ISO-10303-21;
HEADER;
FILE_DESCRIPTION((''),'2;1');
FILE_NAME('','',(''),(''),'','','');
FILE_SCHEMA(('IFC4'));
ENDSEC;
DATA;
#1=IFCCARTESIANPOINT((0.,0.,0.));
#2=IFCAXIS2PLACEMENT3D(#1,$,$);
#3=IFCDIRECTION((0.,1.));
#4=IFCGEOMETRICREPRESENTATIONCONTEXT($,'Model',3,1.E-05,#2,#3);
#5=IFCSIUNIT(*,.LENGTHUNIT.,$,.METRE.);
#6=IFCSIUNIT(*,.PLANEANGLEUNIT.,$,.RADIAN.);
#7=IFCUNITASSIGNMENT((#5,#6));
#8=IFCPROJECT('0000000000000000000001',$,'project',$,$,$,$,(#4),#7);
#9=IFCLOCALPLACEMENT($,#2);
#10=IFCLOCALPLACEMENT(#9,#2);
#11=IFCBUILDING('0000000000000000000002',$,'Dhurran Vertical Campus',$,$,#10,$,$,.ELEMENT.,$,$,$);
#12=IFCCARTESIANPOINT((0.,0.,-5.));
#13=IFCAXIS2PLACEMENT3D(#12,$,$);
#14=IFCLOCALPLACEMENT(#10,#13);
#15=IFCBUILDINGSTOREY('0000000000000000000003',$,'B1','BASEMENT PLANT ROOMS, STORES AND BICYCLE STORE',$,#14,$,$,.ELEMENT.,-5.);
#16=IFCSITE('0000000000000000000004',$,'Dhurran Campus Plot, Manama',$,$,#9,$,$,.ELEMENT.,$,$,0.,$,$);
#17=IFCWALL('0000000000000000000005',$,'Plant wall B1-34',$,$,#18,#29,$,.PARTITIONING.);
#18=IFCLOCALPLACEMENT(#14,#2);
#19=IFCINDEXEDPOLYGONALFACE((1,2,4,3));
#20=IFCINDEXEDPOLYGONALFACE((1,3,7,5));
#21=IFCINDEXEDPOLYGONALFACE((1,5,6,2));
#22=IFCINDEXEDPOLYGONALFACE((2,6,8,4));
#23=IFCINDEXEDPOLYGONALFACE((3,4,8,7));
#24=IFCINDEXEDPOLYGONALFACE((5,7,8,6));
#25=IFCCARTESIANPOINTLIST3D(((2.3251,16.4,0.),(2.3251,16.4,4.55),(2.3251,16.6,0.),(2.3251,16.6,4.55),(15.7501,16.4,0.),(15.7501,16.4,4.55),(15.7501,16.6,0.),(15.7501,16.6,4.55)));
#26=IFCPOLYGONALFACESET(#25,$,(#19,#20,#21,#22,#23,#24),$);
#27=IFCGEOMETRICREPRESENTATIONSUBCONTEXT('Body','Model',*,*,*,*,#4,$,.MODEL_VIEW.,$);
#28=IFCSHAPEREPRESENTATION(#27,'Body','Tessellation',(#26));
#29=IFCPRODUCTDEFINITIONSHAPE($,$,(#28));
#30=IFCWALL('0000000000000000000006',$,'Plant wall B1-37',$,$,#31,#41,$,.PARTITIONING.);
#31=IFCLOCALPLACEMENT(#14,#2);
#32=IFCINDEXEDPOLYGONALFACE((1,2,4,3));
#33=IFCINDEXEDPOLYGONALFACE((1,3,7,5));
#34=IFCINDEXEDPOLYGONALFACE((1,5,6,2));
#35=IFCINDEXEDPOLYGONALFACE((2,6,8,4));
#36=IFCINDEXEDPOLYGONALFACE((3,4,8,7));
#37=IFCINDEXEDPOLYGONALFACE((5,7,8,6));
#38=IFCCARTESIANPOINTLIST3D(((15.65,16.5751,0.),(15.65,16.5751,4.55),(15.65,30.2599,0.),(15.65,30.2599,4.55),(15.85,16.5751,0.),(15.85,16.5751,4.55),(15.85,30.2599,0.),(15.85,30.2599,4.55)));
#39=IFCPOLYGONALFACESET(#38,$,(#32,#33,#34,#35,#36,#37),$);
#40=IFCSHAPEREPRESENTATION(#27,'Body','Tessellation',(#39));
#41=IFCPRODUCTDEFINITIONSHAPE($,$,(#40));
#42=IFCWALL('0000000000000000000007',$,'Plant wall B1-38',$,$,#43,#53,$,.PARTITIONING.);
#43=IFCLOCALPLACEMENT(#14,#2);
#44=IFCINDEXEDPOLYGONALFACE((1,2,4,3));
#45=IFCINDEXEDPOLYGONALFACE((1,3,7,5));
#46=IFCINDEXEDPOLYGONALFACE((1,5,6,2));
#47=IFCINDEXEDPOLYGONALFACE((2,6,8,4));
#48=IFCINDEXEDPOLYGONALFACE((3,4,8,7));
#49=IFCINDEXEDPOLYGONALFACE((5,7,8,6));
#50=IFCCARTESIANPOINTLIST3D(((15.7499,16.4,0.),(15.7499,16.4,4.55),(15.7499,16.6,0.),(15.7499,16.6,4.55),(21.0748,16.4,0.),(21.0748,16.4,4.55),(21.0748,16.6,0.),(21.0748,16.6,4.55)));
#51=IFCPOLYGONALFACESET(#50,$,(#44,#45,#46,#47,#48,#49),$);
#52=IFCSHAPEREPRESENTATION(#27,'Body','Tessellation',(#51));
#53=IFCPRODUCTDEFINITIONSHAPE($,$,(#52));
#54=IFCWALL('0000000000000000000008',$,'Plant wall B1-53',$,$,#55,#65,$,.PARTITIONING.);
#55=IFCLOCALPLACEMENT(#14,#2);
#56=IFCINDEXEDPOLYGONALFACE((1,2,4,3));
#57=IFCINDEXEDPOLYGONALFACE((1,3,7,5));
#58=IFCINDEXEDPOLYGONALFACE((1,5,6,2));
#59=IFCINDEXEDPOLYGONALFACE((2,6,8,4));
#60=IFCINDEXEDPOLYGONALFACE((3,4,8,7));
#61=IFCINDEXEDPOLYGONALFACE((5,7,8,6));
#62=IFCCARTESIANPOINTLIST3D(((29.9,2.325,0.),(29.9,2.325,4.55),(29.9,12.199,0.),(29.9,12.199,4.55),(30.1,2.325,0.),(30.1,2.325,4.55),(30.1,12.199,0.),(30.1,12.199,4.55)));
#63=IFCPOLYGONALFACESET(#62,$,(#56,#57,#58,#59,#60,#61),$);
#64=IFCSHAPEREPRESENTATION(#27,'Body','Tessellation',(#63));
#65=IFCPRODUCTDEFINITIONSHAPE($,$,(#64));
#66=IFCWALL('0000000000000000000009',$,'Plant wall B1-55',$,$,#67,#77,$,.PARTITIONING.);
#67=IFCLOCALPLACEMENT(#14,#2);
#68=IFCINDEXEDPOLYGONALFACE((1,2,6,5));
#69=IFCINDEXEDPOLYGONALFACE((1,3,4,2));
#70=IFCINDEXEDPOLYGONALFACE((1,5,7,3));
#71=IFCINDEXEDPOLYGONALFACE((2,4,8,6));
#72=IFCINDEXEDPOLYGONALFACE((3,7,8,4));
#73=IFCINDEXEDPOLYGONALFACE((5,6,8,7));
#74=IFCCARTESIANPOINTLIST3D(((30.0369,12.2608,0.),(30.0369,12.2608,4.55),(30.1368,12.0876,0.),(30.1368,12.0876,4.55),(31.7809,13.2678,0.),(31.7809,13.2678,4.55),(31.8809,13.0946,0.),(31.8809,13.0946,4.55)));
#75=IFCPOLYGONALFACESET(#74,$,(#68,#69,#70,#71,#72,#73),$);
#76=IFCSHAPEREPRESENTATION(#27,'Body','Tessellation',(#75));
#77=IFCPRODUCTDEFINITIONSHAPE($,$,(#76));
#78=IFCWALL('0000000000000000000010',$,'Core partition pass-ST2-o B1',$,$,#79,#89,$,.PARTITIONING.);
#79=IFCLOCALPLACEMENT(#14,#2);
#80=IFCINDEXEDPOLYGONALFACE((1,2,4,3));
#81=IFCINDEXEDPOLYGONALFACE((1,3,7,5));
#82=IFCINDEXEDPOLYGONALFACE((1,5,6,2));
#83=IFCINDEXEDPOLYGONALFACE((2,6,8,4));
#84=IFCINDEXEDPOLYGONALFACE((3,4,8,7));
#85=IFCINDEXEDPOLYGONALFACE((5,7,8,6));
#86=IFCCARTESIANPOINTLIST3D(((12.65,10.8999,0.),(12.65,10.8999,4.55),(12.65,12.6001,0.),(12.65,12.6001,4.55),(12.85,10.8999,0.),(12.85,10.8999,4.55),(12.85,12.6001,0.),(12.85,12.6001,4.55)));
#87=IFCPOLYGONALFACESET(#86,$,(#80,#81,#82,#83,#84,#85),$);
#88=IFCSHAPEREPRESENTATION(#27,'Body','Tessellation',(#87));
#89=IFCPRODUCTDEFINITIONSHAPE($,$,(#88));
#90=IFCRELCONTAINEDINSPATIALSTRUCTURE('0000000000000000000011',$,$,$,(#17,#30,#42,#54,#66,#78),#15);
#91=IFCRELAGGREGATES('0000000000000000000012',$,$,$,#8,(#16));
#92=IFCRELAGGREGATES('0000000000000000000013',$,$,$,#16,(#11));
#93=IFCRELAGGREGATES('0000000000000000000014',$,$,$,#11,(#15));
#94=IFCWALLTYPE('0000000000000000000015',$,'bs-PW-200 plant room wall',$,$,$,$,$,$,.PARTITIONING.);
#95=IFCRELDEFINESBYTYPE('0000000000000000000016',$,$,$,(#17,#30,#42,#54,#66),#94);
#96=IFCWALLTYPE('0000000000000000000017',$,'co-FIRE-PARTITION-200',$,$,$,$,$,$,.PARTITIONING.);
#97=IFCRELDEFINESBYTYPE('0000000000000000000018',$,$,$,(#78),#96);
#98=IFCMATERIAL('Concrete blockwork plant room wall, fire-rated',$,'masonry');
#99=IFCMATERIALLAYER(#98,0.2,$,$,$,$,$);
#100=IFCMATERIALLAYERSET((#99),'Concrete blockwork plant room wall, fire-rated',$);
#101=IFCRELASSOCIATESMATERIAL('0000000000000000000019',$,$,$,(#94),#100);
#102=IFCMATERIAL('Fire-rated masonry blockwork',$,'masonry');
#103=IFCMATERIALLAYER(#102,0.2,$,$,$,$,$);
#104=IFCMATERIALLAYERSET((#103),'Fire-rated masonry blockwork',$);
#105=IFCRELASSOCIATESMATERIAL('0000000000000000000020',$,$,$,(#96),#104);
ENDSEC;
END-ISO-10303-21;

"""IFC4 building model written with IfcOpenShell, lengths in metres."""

from ifc_helpers import new_model, si_unit, direction, frame, frame_2d, origin, place, context, subcontext, project, spatial, rectangle, extrude, material, layer, layer_set, type_object, element, save


model = new_model("IFC4")

# Units and contexts
model_context = context("Model", 3, precision=1e-05, world=origin(), true_north=direction((0.0, 1.0)))
body_context = subcontext(model_context, "Body", "Model", "MODEL_VIEW")
ifc_project = project(units=[si_unit("LENGTHUNIT", "METRE"), si_unit("PLANEANGLEUNIT", "RADIAN")], contexts=[model_context])

# Site, building, storey
site_placement = place(None, origin())
site = spatial("IfcSite", under=ifc_project, at=site_placement, Name="Dhurran Campus Plot, Manama", CompositionType="ELEMENT", RefElevation=0.0)
building_placement = place(site_placement, origin())
building = spatial("IfcBuilding", under=site, at=building_placement, Name="Dhurran Vertical Campus", CompositionType="ELEMENT")
storey_placement = place(building_placement, frame((0.0, 0.0, -5.0)))
storey = spatial("IfcBuildingStorey", under=building, at=storey_placement, Name="B1", Description="BASEMENT PLANT ROOMS, STORES AND BICYCLE STORE", CompositionType="ELEMENT", Elevation=-5.0)

# Walls
ifc_material_1 = material(Name="Concrete blockwork plant room wall, fire-rated", Category="masonry")
ifc_layer_1 = layer(ifc_material_1, 0.2)
ifc_layer_set_1 = layer_set([ifc_layer_1], Name="Concrete blockwork plant room wall, fire-rated")
wall_type_1 = type_object("IfcWallType", Name="bs-PW-200 plant room wall", PredefinedType="PARTITIONING", material=ifc_layer_set_1)
wall_1_placement = place(storey_placement, frame((15.75, 16.5, 0.0), z_axis=(0.0, 0.0, 1.0), x_axis=(-1.0, 0.0, 0.0)))
element("IfcWall", 1, at=wall_1_placement, inside=storey, type_object=wall_type_1, Name="Plant wall B1-34", PredefinedType="PARTITIONING", context=body_context, shape_type="SweptSolid", body=[
    extrude(rectangle(XDim=13.425, YDim=0.2, at=frame_2d((6.7124, 0.0))), origin(), (0.0, 0.0, 1.0), 4.55),
])
wall_2_placement = place(storey_placement, frame((15.75, 30.2598, 0.0), z_axis=(0.0, 0.0, 1.0), x_axis=(0.0, -1.0, 0.0)))
element("IfcWall", 2, at=wall_2_placement, inside=storey, type_object=wall_type_1, Name="Plant wall B1-37", PredefinedType="PARTITIONING", context=body_context, shape_type="SweptSolid", body=[
    extrude(rectangle(XDim=13.6848, YDim=0.2, at=frame_2d((6.8423, 0.0))), origin(), (0.0, 0.0, 1.0), 4.55),
])
wall_3_placement = place(storey_placement, frame((21.075, 16.5, 0.0), z_axis=(0.0, 0.0, 1.0), x_axis=(-1.0, 0.0, 0.0)))
element("IfcWall", 3, at=wall_3_placement, inside=storey, type_object=wall_type_1, Name="Plant wall B1-38", PredefinedType="PARTITIONING", context=body_context, shape_type="SweptSolid", body=[
    extrude(rectangle(XDim=5.325, YDim=0.2, at=frame_2d((2.6626, 0.0))), origin(), (0.0, 0.0, 1.0), 4.55),
])
wall_4_placement = place(storey_placement, frame((30.0, 12.199, 0.0), z_axis=(0.0, 0.0, 1.0), x_axis=(0.0, -1.0, 0.0)))
element("IfcWall", 4, at=wall_4_placement, inside=storey, type_object=wall_type_1, Name="Plant wall B1-53", PredefinedType="PARTITIONING", context=body_context, shape_type="SweptSolid", body=[
    extrude(rectangle(XDim=9.874, YDim=0.2, at=frame_2d((4.937, 0.0))), origin(), (0.0, 0.0, 1.0), 4.55),
])
wall_5_placement = place(storey_placement, frame((31.8308, 13.1812, 0.0), z_axis=(0.0, 0.0, 1.0), x_axis=(-0.866004, -0.500037, 0.0)))
element("IfcWall", 5, at=wall_5_placement, inside=storey, type_object=wall_type_1, Name="Plant wall B1-55", PredefinedType="PARTITIONING", context=body_context, shape_type="SweptSolid", body=[
    extrude(rectangle(XDim=2.0139, YDim=0.2, at=frame_2d((1.0068, 0.0))), origin(), (0.0, 0.0, 1.0), 4.55),
])
ifc_material_2 = material(Name="Fire-rated masonry blockwork", Category="masonry")
ifc_layer_2 = layer(ifc_material_2, 0.2)
ifc_layer_set_2 = layer_set([ifc_layer_2], Name="Fire-rated masonry blockwork")
wall_type_2 = type_object("IfcWallType", Name="co-FIRE-PARTITION-200", PredefinedType="PARTITIONING", material=ifc_layer_set_2)
wall_6_placement = place(storey_placement, frame((12.75, 10.8999, 0.0), z_axis=(0.0, 0.0, 1.0), x_axis=(0.0, 1.0, 0.0)))
element("IfcWall", 6, at=wall_6_placement, inside=storey, type_object=wall_type_2, Name="Core partition pass-ST2-o B1", PredefinedType="PARTITIONING", context=body_context, shape_type="SweptSolid", body=[
    extrude(rectangle(XDim=1.7002, YDim=0.2, at=frame_2d((0.8501, 0.0))), origin(), (0.0, 0.0, 1.0), 4.55),
])

save(model, "model.ifc")
